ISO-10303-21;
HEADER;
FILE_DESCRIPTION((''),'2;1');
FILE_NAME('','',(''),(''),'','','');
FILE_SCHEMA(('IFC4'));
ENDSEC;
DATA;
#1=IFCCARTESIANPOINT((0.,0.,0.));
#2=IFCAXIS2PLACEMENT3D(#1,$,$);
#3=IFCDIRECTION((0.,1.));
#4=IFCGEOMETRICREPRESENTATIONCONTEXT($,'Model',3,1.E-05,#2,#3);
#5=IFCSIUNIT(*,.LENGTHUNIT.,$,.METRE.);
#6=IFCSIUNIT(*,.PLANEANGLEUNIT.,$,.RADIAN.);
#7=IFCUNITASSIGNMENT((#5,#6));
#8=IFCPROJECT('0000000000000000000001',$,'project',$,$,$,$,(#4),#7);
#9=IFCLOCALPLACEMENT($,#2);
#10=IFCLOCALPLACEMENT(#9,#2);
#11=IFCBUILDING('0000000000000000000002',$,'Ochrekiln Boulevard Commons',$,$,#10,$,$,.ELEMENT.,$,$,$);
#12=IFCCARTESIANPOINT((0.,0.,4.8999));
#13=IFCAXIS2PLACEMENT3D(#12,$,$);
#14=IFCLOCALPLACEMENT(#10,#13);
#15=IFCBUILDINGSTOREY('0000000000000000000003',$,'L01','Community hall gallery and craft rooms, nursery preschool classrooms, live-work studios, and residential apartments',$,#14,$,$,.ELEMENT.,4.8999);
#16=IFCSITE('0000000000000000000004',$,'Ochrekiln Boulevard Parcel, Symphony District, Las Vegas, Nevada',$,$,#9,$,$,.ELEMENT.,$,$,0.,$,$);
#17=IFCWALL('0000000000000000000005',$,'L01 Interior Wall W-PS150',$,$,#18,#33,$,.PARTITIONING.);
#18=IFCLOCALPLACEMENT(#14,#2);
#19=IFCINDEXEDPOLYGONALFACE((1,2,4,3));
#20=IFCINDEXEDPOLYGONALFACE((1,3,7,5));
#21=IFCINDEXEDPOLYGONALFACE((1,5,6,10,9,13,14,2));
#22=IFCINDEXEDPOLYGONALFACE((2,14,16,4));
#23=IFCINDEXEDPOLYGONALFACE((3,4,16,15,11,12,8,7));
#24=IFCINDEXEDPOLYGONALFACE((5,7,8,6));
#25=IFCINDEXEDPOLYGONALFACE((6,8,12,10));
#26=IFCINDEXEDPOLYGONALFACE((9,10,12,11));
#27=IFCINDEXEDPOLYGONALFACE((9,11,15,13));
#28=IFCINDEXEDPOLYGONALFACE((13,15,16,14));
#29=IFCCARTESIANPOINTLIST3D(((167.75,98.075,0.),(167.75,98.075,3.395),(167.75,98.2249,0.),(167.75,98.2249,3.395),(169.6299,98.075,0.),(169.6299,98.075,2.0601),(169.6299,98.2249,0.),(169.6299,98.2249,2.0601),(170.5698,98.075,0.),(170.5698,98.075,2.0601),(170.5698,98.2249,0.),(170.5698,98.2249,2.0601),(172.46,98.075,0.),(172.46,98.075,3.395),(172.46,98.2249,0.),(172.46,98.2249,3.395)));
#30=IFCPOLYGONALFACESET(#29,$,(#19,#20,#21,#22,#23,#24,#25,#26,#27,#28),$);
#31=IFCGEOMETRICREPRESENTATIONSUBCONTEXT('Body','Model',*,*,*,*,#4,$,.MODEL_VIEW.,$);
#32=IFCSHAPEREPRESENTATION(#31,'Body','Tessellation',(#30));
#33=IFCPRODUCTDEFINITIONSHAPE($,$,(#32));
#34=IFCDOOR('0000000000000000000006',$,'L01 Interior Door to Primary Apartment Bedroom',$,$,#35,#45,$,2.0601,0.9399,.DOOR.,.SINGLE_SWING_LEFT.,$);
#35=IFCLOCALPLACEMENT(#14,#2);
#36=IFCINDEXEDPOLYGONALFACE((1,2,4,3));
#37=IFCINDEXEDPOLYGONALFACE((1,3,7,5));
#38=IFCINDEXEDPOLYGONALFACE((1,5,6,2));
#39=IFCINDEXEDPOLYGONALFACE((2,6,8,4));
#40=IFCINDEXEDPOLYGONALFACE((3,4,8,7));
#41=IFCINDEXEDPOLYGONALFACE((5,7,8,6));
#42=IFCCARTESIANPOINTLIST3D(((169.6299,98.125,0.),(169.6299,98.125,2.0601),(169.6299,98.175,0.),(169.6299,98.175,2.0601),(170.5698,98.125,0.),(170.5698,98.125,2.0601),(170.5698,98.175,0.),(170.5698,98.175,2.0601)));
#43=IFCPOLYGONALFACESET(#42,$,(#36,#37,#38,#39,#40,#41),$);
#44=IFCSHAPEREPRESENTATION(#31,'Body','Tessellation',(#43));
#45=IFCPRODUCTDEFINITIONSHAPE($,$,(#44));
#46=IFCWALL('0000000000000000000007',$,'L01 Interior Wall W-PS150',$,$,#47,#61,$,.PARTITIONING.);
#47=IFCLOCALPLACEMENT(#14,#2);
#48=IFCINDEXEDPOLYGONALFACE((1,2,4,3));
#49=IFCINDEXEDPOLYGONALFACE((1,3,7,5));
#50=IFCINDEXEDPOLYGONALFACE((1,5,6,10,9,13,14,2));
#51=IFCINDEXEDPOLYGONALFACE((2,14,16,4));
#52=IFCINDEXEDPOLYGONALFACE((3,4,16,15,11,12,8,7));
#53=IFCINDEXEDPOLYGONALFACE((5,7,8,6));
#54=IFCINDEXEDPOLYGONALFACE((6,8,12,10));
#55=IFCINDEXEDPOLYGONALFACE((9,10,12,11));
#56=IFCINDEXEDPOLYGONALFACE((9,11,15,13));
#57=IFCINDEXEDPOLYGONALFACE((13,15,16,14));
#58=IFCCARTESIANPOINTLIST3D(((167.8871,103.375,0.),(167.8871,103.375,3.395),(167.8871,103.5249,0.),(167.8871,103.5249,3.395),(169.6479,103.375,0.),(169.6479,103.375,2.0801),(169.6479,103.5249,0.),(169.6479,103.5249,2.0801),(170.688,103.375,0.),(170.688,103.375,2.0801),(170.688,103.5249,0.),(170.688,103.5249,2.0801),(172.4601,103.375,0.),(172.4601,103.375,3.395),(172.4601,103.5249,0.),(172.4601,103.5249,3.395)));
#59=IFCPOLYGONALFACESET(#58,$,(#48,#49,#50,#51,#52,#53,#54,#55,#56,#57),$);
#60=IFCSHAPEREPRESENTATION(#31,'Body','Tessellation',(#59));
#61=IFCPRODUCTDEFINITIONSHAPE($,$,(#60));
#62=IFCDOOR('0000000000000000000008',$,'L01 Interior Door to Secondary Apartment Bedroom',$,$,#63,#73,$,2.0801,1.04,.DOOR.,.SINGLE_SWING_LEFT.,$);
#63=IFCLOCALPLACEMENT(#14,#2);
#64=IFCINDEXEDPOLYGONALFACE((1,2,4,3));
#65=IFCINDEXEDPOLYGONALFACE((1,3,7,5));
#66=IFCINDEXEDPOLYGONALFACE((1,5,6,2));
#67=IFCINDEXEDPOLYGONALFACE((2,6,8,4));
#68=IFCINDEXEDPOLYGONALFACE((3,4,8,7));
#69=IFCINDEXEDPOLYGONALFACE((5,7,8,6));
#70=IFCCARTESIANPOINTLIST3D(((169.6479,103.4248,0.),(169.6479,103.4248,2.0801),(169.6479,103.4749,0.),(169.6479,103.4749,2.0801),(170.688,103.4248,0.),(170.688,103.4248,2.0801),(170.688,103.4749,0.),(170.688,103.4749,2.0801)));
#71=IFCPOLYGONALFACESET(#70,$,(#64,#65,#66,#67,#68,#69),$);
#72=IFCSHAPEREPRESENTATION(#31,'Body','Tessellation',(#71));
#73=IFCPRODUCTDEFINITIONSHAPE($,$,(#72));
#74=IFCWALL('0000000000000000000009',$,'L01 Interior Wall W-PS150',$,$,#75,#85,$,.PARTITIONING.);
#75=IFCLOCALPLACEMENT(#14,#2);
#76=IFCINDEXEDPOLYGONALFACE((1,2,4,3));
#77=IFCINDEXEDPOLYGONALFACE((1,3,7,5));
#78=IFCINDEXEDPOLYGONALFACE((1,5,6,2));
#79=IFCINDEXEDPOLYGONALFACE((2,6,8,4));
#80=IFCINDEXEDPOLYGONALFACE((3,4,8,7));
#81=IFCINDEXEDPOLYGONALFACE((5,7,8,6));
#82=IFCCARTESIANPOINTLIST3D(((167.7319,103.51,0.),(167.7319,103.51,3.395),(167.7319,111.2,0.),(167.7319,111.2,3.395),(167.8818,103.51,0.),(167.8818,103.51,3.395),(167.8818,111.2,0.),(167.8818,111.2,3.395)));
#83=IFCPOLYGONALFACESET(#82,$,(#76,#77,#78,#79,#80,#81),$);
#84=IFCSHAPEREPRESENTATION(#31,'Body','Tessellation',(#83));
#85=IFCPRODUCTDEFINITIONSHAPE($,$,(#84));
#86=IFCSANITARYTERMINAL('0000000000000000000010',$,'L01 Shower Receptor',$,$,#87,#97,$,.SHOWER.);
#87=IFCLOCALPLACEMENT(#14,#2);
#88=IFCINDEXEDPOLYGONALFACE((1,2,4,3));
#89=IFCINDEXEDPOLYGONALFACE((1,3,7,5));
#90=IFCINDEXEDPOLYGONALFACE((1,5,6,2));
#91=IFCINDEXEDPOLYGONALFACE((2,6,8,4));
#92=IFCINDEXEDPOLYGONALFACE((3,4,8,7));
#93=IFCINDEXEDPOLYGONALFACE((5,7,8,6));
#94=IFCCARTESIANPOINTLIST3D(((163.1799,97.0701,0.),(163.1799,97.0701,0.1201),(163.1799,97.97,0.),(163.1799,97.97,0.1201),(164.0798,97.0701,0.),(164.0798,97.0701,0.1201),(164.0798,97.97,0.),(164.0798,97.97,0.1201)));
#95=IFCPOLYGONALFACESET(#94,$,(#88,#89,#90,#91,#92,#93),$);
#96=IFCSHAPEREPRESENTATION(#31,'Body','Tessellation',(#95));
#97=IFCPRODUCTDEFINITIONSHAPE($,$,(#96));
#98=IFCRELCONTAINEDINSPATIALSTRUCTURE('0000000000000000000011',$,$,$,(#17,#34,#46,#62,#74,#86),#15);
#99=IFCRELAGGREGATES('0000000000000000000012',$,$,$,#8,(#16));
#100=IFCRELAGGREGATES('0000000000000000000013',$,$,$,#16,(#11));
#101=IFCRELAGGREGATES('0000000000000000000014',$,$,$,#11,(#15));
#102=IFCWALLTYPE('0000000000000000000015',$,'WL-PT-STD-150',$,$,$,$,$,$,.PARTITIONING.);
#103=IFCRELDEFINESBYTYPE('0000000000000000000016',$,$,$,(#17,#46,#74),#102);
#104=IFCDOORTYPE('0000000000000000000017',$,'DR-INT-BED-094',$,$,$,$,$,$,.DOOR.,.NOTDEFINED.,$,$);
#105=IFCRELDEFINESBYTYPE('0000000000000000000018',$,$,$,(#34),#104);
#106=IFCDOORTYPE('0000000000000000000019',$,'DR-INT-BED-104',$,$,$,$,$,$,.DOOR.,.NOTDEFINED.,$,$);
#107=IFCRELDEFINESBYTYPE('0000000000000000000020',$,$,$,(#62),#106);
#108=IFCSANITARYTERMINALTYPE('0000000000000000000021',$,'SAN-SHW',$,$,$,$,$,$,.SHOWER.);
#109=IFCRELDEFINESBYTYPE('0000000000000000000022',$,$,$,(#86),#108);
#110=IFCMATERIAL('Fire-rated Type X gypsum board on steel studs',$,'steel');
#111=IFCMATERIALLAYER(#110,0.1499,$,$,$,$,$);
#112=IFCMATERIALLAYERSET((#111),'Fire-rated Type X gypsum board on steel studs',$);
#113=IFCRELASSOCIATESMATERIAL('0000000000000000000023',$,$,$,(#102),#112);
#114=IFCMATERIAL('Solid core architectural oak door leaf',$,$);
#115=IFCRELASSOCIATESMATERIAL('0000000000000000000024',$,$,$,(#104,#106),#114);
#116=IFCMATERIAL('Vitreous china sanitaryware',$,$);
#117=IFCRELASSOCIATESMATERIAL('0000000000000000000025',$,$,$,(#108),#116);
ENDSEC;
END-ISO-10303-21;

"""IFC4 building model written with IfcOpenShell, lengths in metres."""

from ifc_helpers import new_model, si_unit, direction, frame, frame_2d, origin, origin_2d, place, context, subcontext, project, spatial, rectangle, extrude, material, layer, layer_set, type_object, element, fill, save


model = new_model("IFC4")

# Units and contexts
model_context = context("Model", 3, precision=1e-05, world=origin(), true_north=direction((0.0, 1.0)))
body_context = subcontext(model_context, "Body", "Model", "MODEL_VIEW")
ifc_project = project(units=[si_unit("LENGTHUNIT", "METRE"), si_unit("PLANEANGLEUNIT", "RADIAN")], contexts=[model_context])

# Site, building, storey
site_placement = place(None, origin())
site = spatial("IfcSite", under=ifc_project, at=site_placement, Name="Ochrekiln Boulevard Parcel, Symphony District, Las Vegas, Nevada", CompositionType="ELEMENT", RefElevation=0.0)
building_placement = place(site_placement, origin())
building = spatial("IfcBuilding", under=site, at=building_placement, Name="Ochrekiln Boulevard Commons", CompositionType="ELEMENT")
storey_placement = place(building_placement, frame((0.0, 0.0, 4.8999)))
storey = spatial("IfcBuildingStorey", under=building, at=storey_placement, Name="L01", Description="Community hall gallery and craft rooms, nursery preschool classrooms, live-work studios, and residential apartments", CompositionType="ELEMENT", Elevation=4.8999)

# Shared definitions
ifc_material_1 = material(Name="Fire-rated Type X gypsum board on steel studs", Category="steel")
ifc_material_2 = material(Name="Solid core architectural oak door leaf")

# Walls, openings, doors
ifc_layer_1 = layer(ifc_material_1, 0.1499)
ifc_layer_set_1 = layer_set([ifc_layer_1], Name="Fire-rated Type X gypsum board on steel studs")
wall_type_1 = type_object("IfcWallType", Name="WL-PT-STD-150", PredefinedType="PARTITIONING", material=ifc_layer_set_1)
wall_1_placement = place(storey_placement, frame((167.75, 98.1499, 0.0), z_axis=(0.0, 0.0, 1.0), x_axis=(1.0, 0.0, 0.0)))
wall_1 = element("IfcWall", 1, at=wall_1_placement, inside=storey, type_object=wall_type_1, Name="L01 Interior Wall W-PS150", PredefinedType="PARTITIONING", context=body_context, shape_type="SweptSolid", body=[
    extrude(rectangle(XDim=4.71, YDim=0.1499, at=frame_2d((2.355, 0.0))), origin(), (0.0, 0.0, 1.0), 3.395),
])
opening_1_placement = place(wall_1_placement, frame((1.8799, 0.0, 0.0)))
opening_1 = element("IfcOpeningElement", 2, at=opening_1_placement, cuts=wall_1, PredefinedType="OPENING", context=body_context, shape_type="SweptSolid", body=[
    extrude(rectangle(XDim=0.9399, YDim=2.0601, at=frame_2d((0.47, 1.03))), frame((0.0, 0.085, 0.0), z_axis=(0.0, -1.0, 0.0), x_axis=(1.0, 0.0, 0.0)), (0.0, 0.0, 1.0), 0.1699),
])
door_type_1 = type_object("IfcDoorType", Name="DR-INT-BED-094", OperationType="NOTDEFINED", PredefinedType="DOOR", material=ifc_material_2)
door_1_placement = place(opening_1_placement, frame((0.9399, 0.0, 0.0), z_axis=(0.0, 0.0, 1.0), x_axis=(-1.0, 0.0, 0.0)))
door_1 = element("IfcDoor", 3, at=door_1_placement, inside=storey, type_object=door_type_1, Name="L01 Interior Door to Primary Apartment Bedroom", OperationType="SINGLE_SWING_LEFT", OverallHeight=2.0601, OverallWidth=0.9399, PredefinedType="DOOR", context=body_context, shape_type="SweptSolid", body=[
    extrude(rectangle(XDim=0.9399, YDim=2.0601, at=frame_2d((0.47, 1.03))), frame((0.0, 0.0249, 0.0), z_axis=(0.0, -1.0, 0.0), x_axis=(1.0, 0.0, 0.0)), (0.0, 0.0, 1.0), 0.05),
])
fill(opening_1, door_1)
wall_2_placement = place(storey_placement, frame((167.887, 103.45, 0.0), z_axis=(0.0, 0.0, 1.0), x_axis=(1.0, 0.0, 0.0)))
wall_2 = element("IfcWall", 4, at=wall_2_placement, inside=storey, type_object=wall_type_1, Name="L01 Interior Wall W-PS150", PredefinedType="PARTITIONING", context=body_context, shape_type="SweptSolid", body=[
    extrude(rectangle(XDim=4.573, YDim=0.1499, at=frame_2d((2.2866, 0.0))), origin(), (0.0, 0.0, 1.0), 3.395),
])
opening_2_placement = place(wall_2_placement, frame((1.761, 0.0, 0.0)))
opening_2 = element("IfcOpeningElement", 5, at=opening_2_placement, cuts=wall_2, PredefinedType="OPENING", context=body_context, shape_type="SweptSolid", body=[
    extrude(rectangle(XDim=1.04, YDim=2.0801, at=frame_2d((0.52, 1.04))), frame((0.0, 0.085, 0.0), z_axis=(0.0, -1.0, 0.0), x_axis=(1.0, 0.0, 0.0)), (0.0, 0.0, 1.0), 0.1699),
])
door_type_2 = type_object("IfcDoorType", Name="DR-INT-BED-104", OperationType="NOTDEFINED", PredefinedType="DOOR", material=ifc_material_2)
door_2_placement = place(opening_2_placement, origin())
door_2 = element("IfcDoor", 6, at=door_2_placement, inside=storey, type_object=door_type_2, Name="L01 Interior Door to Secondary Apartment Bedroom", OperationType="SINGLE_SWING_LEFT", OverallHeight=2.0801, OverallWidth=1.04, PredefinedType="DOOR", context=body_context, shape_type="SweptSolid", body=[
    extrude(rectangle(XDim=1.04, YDim=2.0801, at=frame_2d((0.52, 1.04))), frame((0.0, 0.0249, 0.0), z_axis=(0.0, -1.0, 0.0), x_axis=(1.0, 0.0, 0.0)), (0.0, 0.0, 1.0), 0.05),
])
fill(opening_2, door_2)

# Wall
wall_3_placement = place(storey_placement, frame((167.8069, 103.51, 0.0), z_axis=(0.0, 0.0, 1.0), x_axis=(0.0, 1.0, 0.0)))
element("IfcWall", 7, at=wall_3_placement, inside=storey, type_object=wall_type_1, Name="L01 Interior Wall W-PS150", PredefinedType="PARTITIONING", context=body_context, shape_type="SweptSolid", body=[
    extrude(rectangle(XDim=7.6899, YDim=0.1499, at=frame_2d((3.845, 0.0))), origin(), (0.0, 0.0, 1.0), 3.395),
])

# Sanitary terminal
ifc_material_3 = material(Name="Vitreous china sanitaryware")
sanitary_terminal_type = type_object("IfcSanitaryTerminalType", Name="SAN-SHW", PredefinedType="SHOWER", material=ifc_material_3)
sanitary_terminal_placement = place(storey_placement, frame((163.6299, 97.52, 0.0), z_axis=(0.0, 0.0, 1.0), x_axis=(1.0, 0.0, 0.0)))
element("IfcSanitaryTerminal", 8, at=sanitary_terminal_placement, inside=storey, type_object=sanitary_terminal_type, Name="L01 Shower Receptor", PredefinedType="SHOWER", context=body_context, shape_type="SweptSolid", body=[
    extrude(rectangle(XDim=0.8999, YDim=0.8999, at=origin_2d()), origin(), (0.0, 0.0, 1.0), 0.1201),
])

save(model, "model.ifc")
